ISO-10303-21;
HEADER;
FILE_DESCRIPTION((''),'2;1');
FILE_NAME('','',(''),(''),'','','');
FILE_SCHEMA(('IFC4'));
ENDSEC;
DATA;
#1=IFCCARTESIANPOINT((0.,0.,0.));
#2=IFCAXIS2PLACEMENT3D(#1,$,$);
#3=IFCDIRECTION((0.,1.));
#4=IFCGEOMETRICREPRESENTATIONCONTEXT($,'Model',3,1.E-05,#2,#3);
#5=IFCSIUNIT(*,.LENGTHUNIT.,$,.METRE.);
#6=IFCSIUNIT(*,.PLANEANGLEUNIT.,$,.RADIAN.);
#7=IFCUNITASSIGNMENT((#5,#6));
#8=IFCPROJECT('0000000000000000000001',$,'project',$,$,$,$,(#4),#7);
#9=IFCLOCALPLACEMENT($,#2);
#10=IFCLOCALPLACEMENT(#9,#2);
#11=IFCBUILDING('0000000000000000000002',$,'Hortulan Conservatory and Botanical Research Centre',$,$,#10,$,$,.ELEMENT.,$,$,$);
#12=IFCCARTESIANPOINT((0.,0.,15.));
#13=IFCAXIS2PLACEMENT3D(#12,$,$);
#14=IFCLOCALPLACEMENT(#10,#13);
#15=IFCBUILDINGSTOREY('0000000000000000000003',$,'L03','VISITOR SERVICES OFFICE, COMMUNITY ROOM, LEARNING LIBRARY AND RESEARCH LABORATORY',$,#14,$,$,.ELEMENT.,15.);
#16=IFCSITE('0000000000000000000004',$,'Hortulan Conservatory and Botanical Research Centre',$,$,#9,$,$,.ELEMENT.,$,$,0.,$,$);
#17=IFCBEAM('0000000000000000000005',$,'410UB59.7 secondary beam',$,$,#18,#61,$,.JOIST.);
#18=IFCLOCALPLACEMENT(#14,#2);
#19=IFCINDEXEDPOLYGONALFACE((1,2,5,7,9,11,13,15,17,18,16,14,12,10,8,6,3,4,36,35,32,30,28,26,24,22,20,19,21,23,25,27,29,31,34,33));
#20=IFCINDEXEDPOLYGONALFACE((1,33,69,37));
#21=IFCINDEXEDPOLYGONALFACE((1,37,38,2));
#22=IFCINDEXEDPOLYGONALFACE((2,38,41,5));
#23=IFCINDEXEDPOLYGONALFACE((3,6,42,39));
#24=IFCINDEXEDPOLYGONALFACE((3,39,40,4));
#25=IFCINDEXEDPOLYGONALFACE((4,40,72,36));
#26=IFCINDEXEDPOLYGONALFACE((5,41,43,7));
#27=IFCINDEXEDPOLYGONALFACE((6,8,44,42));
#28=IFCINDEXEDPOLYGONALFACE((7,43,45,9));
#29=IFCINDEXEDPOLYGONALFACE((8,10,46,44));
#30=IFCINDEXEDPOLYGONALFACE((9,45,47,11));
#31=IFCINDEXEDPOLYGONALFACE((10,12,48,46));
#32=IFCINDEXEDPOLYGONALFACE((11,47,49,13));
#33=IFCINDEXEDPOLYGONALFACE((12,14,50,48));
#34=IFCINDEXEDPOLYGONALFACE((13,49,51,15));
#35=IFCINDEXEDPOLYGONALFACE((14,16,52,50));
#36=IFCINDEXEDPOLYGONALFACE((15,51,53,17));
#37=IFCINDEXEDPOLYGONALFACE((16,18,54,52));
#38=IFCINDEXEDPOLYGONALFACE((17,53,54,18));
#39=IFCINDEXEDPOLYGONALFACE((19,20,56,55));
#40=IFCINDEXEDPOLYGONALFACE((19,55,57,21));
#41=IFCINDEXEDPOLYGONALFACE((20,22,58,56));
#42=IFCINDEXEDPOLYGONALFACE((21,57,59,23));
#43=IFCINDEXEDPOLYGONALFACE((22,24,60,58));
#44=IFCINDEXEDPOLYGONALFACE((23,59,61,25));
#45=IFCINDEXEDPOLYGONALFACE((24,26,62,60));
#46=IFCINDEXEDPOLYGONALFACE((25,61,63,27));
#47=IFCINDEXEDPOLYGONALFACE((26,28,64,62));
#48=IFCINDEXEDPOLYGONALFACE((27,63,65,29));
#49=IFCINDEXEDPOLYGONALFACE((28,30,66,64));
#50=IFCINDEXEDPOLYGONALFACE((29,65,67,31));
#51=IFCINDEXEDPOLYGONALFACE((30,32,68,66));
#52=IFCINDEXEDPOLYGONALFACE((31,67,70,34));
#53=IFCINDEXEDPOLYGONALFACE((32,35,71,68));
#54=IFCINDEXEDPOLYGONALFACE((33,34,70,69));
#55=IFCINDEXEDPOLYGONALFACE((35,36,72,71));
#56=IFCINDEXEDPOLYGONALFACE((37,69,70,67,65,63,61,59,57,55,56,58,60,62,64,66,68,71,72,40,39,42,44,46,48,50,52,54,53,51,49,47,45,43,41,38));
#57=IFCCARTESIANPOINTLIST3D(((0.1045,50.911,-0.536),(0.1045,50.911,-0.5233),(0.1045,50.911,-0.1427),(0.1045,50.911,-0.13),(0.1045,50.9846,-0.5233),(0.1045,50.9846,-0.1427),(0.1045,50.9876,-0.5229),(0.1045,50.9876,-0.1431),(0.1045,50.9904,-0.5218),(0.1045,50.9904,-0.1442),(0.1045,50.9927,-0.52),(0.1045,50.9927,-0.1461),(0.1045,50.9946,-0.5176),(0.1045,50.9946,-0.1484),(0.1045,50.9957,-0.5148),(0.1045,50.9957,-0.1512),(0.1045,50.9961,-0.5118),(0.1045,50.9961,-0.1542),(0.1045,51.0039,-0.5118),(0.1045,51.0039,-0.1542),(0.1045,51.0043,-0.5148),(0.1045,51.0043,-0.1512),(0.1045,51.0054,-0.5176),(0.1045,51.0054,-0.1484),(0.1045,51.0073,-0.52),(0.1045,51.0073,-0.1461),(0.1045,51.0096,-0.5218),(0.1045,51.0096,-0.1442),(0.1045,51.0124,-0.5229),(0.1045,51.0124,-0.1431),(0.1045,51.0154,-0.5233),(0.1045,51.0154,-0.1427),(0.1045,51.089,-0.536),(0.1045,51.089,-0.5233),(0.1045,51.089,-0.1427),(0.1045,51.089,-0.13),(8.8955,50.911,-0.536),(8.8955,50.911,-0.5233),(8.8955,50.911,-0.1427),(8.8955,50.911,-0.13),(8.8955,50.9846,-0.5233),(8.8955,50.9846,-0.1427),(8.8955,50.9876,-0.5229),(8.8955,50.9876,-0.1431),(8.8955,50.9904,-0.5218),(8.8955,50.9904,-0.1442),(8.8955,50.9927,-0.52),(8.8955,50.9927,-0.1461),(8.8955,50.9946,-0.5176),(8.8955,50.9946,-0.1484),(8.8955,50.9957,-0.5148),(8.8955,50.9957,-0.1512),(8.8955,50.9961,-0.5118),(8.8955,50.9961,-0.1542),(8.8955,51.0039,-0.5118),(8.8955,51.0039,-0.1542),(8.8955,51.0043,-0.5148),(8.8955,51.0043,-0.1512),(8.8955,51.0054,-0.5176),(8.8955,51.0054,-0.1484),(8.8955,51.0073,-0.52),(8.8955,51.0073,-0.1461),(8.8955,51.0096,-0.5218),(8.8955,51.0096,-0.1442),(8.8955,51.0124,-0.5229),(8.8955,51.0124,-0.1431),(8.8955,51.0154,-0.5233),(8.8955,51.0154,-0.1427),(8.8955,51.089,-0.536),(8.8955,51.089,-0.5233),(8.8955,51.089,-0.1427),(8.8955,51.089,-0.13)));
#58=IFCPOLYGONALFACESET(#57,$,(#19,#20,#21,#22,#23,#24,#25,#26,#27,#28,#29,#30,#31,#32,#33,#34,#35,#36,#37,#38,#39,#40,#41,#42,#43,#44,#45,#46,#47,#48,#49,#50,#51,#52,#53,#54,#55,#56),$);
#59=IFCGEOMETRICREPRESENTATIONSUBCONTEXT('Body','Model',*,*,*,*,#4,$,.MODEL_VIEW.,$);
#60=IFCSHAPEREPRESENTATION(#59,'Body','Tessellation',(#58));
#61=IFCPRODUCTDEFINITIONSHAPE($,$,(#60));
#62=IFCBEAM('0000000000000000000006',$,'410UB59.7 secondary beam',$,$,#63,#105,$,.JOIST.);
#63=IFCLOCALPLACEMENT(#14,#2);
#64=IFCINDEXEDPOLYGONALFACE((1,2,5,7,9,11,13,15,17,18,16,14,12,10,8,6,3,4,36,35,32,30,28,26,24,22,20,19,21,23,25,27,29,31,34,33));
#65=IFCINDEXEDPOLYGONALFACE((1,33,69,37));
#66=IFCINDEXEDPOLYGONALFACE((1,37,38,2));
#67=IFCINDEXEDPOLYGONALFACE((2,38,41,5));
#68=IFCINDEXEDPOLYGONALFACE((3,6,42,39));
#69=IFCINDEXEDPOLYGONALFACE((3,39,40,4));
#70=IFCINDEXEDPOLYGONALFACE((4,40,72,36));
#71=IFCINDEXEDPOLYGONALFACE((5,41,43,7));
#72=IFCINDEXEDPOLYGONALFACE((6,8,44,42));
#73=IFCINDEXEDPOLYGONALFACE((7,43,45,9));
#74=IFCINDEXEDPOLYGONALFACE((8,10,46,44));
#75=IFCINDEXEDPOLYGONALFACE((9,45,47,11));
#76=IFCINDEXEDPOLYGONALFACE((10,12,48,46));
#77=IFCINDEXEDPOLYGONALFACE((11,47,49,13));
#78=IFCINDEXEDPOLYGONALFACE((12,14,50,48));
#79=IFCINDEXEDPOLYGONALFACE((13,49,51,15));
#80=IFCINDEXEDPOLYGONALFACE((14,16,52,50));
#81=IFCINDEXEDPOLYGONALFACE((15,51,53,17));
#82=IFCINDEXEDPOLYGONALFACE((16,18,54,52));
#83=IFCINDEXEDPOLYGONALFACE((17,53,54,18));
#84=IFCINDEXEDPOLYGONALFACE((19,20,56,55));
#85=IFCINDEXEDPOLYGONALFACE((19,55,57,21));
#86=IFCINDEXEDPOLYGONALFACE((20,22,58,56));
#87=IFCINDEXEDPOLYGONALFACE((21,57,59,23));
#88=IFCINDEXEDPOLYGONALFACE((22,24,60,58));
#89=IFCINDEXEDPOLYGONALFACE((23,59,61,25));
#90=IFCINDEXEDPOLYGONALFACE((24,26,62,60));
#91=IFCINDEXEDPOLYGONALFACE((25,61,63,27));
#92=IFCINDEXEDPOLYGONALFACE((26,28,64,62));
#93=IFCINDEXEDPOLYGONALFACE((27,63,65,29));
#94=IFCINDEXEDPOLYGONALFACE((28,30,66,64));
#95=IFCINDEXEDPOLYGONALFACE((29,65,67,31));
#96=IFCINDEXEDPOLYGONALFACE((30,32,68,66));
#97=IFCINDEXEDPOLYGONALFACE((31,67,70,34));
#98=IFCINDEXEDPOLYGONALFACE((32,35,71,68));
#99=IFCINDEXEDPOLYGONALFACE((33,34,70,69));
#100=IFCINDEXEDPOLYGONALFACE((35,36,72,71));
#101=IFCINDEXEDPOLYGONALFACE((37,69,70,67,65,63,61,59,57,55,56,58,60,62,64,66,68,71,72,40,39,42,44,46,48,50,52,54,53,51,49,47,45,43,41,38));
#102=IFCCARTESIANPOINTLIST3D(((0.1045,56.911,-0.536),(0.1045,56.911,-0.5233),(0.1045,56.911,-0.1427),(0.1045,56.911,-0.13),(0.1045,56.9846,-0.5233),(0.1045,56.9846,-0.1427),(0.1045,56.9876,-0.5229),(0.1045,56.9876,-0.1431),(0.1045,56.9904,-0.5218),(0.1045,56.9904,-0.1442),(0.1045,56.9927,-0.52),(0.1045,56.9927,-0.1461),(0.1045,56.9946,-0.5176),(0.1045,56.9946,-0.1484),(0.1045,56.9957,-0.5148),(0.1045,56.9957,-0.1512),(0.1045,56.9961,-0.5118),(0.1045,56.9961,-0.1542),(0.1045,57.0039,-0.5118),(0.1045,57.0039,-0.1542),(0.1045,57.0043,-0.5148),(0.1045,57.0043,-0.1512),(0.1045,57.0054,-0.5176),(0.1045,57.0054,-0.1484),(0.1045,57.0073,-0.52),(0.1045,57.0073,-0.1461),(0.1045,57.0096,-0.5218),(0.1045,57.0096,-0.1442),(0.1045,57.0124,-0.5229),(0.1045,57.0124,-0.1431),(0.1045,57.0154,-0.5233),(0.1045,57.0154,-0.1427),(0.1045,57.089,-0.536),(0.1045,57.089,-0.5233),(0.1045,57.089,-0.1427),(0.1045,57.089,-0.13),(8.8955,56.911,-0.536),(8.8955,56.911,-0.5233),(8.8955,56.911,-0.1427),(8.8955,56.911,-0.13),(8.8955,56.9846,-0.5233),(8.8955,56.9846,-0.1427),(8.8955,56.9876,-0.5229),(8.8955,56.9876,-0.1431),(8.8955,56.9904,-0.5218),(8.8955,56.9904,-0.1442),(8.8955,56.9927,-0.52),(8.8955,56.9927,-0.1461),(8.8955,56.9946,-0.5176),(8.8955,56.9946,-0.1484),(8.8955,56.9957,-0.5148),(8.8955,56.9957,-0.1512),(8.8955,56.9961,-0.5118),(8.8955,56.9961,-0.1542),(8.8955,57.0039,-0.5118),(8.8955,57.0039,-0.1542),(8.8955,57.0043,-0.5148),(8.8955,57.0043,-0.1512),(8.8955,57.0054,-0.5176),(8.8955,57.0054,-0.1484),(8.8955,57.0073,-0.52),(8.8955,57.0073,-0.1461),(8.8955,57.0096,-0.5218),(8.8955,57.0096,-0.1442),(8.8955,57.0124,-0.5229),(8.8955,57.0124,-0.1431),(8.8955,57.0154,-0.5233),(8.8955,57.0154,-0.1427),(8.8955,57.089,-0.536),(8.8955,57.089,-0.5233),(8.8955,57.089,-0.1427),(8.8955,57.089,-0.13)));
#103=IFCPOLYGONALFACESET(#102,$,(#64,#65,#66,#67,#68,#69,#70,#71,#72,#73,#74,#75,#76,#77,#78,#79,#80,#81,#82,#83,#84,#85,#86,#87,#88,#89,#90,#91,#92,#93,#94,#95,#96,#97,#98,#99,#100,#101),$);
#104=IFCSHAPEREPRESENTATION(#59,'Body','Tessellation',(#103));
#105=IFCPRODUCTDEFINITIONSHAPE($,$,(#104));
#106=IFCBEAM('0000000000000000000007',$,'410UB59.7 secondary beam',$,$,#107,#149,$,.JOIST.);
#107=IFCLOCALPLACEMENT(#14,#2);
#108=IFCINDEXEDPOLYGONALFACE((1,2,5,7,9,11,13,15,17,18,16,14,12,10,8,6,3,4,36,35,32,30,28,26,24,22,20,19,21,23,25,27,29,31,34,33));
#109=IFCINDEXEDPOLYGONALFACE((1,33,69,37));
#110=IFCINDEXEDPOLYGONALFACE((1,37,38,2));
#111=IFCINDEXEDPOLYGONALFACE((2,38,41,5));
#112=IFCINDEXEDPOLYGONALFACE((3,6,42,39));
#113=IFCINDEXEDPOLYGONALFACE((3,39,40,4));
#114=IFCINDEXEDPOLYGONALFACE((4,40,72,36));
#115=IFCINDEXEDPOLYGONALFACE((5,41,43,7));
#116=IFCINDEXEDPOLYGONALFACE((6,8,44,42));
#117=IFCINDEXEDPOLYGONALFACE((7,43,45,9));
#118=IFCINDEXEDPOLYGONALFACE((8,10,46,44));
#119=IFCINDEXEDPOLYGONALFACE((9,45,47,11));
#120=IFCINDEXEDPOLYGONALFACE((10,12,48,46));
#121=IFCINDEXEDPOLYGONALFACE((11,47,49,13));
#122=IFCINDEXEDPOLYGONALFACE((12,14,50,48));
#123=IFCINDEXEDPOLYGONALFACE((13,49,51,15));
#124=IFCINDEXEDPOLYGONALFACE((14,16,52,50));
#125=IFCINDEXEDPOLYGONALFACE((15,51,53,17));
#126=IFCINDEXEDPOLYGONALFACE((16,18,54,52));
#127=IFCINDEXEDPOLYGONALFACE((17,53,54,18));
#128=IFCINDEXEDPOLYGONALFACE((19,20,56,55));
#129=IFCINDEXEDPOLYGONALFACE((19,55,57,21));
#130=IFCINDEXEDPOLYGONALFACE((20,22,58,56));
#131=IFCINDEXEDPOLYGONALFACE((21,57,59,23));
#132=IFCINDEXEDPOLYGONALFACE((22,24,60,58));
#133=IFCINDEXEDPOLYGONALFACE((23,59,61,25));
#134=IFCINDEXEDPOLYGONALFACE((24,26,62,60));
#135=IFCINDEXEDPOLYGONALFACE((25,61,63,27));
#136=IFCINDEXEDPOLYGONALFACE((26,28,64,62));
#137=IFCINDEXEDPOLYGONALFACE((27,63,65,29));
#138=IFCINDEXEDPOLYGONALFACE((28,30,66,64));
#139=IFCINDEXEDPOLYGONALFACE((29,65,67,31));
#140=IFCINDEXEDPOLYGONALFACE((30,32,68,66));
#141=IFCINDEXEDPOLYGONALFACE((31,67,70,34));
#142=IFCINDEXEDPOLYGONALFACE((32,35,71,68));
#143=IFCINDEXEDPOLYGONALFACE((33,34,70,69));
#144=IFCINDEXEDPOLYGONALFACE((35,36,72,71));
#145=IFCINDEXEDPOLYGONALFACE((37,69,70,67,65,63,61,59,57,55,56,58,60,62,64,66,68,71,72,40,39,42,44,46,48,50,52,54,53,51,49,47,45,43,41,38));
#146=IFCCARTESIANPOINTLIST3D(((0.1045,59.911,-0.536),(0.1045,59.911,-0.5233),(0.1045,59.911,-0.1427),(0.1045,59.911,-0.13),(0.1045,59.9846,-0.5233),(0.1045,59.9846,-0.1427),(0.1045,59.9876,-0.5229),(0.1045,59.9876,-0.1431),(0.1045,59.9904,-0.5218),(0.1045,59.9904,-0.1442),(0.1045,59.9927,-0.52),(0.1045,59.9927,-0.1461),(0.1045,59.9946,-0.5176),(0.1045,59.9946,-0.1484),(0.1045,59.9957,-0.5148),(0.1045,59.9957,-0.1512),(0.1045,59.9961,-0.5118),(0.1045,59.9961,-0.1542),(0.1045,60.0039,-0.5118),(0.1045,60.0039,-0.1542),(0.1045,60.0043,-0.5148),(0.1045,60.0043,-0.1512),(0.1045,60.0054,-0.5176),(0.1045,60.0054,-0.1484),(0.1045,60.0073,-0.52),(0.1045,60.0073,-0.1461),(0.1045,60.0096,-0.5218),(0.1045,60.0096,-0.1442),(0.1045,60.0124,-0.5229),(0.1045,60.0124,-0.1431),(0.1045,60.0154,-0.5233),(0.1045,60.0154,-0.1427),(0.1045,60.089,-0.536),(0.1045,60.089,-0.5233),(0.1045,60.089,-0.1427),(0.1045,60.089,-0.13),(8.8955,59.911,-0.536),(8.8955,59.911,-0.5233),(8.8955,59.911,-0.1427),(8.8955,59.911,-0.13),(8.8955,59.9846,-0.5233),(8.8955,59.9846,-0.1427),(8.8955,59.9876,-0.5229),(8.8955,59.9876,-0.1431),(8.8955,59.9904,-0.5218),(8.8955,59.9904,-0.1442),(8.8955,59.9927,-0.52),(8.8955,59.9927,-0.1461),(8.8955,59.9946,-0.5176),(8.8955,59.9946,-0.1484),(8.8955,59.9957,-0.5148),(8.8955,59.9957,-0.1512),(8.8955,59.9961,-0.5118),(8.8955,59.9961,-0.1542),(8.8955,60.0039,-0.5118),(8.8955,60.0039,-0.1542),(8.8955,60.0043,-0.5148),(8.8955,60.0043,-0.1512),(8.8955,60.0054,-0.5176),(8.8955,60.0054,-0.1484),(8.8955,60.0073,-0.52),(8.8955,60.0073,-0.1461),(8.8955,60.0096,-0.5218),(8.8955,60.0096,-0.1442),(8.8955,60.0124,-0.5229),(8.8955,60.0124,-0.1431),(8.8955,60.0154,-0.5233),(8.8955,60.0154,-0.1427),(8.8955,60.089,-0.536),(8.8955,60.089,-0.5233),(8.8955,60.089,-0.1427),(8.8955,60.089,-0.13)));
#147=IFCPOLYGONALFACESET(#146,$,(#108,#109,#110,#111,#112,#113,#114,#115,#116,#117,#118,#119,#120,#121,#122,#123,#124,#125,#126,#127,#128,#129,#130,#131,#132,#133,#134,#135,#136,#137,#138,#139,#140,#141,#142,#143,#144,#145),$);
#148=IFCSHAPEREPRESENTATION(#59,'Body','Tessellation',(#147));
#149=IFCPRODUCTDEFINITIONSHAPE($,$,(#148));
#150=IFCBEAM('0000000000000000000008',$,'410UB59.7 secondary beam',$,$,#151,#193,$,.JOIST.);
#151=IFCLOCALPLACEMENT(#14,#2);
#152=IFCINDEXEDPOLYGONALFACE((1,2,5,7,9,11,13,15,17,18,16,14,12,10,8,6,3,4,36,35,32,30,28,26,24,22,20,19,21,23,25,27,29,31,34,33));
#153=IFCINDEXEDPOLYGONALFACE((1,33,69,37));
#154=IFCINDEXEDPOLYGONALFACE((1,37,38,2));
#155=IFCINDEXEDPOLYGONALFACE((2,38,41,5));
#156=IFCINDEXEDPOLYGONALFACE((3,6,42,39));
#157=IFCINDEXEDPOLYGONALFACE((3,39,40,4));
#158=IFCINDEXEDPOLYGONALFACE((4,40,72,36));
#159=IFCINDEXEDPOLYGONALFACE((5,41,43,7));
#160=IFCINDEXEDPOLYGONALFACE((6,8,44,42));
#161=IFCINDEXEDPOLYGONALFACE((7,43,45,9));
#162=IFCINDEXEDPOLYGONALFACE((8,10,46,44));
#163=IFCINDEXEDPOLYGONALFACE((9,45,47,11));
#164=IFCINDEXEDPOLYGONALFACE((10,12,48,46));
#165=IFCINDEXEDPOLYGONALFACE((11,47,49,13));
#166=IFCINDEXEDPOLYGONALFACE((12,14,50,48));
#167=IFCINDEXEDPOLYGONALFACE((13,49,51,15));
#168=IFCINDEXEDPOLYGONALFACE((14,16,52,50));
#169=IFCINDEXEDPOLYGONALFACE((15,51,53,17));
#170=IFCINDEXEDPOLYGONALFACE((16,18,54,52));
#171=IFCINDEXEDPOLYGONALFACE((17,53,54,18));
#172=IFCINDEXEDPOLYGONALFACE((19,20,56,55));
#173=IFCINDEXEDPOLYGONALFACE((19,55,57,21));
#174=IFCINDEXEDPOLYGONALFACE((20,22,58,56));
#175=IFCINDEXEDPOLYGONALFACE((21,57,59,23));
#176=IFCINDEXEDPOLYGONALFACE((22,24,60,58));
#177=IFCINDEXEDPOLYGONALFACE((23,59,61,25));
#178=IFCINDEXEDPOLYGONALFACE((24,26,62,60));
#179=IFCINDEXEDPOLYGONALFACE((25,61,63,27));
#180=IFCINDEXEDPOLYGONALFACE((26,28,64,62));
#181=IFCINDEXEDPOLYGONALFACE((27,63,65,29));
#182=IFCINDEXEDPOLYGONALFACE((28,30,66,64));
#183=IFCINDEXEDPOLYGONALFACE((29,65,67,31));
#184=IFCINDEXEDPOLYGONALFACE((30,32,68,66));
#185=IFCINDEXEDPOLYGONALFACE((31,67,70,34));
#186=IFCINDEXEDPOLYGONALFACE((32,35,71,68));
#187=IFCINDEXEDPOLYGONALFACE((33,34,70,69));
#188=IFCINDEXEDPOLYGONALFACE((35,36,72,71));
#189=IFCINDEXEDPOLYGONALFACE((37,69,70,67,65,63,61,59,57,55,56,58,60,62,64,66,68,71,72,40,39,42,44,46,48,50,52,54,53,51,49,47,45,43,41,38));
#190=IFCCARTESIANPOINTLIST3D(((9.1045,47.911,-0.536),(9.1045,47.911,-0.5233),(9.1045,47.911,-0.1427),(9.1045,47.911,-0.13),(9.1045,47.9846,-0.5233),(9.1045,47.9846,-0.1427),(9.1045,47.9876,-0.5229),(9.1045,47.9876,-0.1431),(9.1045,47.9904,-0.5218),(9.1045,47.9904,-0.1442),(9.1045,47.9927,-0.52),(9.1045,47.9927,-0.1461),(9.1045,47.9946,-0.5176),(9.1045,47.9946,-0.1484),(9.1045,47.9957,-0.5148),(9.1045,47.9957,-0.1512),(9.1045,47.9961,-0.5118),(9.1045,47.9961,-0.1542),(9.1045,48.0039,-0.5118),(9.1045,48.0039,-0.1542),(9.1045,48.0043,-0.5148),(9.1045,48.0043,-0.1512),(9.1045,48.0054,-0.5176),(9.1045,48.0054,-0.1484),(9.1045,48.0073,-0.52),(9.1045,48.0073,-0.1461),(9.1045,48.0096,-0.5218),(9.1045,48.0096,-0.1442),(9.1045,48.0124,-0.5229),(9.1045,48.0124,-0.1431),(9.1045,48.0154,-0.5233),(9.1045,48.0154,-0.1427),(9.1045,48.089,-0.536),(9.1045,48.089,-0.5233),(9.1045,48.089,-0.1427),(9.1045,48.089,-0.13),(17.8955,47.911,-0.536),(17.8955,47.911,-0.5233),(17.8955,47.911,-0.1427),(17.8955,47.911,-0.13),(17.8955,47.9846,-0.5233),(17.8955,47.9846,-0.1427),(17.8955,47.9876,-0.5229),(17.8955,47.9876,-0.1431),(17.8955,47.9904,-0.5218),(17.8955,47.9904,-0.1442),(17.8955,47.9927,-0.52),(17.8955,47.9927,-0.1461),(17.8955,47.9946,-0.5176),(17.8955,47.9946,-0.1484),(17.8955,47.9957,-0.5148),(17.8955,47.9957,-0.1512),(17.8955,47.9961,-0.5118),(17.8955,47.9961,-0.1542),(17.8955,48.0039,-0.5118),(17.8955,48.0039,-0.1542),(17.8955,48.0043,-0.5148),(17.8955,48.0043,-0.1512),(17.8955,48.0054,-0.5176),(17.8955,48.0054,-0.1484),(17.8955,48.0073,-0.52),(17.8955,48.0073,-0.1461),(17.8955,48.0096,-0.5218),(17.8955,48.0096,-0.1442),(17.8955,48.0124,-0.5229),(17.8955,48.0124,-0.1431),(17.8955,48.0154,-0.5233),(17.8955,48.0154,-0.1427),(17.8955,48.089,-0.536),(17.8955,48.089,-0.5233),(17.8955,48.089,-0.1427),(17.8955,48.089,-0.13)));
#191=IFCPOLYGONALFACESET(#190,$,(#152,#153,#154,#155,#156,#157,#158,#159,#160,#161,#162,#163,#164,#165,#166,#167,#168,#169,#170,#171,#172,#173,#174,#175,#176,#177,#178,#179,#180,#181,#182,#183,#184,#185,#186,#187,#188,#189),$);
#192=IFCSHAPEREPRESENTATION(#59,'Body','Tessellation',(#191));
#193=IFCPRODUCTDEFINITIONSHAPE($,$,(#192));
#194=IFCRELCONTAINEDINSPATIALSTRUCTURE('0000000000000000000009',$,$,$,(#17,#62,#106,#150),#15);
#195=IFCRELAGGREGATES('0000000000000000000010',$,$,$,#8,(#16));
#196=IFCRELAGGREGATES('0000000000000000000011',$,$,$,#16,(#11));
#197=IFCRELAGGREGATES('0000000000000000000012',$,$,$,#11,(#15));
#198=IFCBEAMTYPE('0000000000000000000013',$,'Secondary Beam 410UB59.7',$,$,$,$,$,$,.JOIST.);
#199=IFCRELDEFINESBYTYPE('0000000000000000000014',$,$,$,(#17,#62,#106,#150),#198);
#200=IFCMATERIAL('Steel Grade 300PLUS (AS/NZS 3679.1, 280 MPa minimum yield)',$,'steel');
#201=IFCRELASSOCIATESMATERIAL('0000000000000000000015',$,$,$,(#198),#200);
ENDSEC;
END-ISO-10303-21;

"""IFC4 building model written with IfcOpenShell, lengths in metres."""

from ifc_helpers import new_model, si_unit, direction, frame, origin, origin_2d, place, context, subcontext, project, spatial, i_section, extrude, material, material_profile, profile_set, type_object, element, save


model = new_model("IFC4")

# Units and contexts
model_context = context("Model", 3, precision=1e-05, world=origin(), true_north=direction((0.0, 1.0)))
body_context = subcontext(model_context, "Body", "Model", "MODEL_VIEW")
ifc_project = project(units=[si_unit("LENGTHUNIT", "METRE"), si_unit("PLANEANGLEUNIT", "RADIAN")], contexts=[model_context])

# Site, building, storey
site_placement = place(None, origin())
site = spatial("IfcSite", under=ifc_project, at=site_placement, Name="Hortulan Conservatory and Botanical Research Centre", CompositionType="ELEMENT", RefElevation=0.0)
building_placement = place(site_placement, origin())
building = spatial("IfcBuilding", under=site, at=building_placement, Name="Hortulan Conservatory and Botanical Research Centre", CompositionType="ELEMENT")
storey_placement = place(building_placement, frame((0.0, 0.0, 15.0)))
storey = spatial("IfcBuildingStorey", under=building, at=storey_placement, Name="L03", Description="VISITOR SERVICES OFFICE, COMMUNITY ROOM, LEARNING LIBRARY AND RESEARCH LABORATORY", CompositionType="ELEMENT", Elevation=15.0)

# Shared definitions
ifc_material_1 = material(Name="Steel Grade 300PLUS (AS/NZS 3679.1, 280 MPa minimum yield)", Category="steel")

# Beams
ifc_material_profile_1 = material_profile(ifc_material_1, i_section(OverallWidth=0.178, OverallDepth=0.406, WebThickness=0.0078, FlangeThickness=0.0127, FilletRadius=0.0115, at=origin_2d()), Name="410UB59.7")
ifc_profile_set_1 = profile_set([ifc_material_profile_1], Name="Steel Grade 300PLUS (AS/NZS 3679.1, 280 MPa minimum yield)")
beam_type_1 = type_object("IfcBeamType", Name="Secondary Beam 410UB59.7", PredefinedType="JOIST", material=ifc_profile_set_1)
for number, where, z_axis, x_axis, name in (
    (1, (0.1045, 51.0, -0.333), (1.0, 0.0, 0.0), (0.0, 1.0, 0.0), "410UB59.7 secondary beam"),
    (2, (0.1045, 57.0, -0.333), (1.0, 0.0, 0.0), (0.0, 1.0, 0.0), "410UB59.7 secondary beam"),
    (3, (0.1045, 60.0, -0.333), (1.0, 0.0, 0.0), (0.0, 1.0, 0.0), "410UB59.7 secondary beam"),
    (4, (9.1045, 48.0, -0.333), (1.0, 0.0, 0.0), (0.0, 1.0, 0.0), "410UB59.7 secondary beam"),
):
    element("IfcBeam", number, at=place(storey_placement, frame(where, z_axis=z_axis, x_axis=x_axis)), inside=storey, type_object=beam_type_1, Name=name, PredefinedType="JOIST", context=body_context, shape_type="SweptSolid", body=[
        extrude(i_section(OverallWidth=0.178, OverallDepth=0.406, WebThickness=0.0078, FlangeThickness=0.0127, FilletRadius=0.0115, at=origin_2d()), origin(), (0.0, 0.0, 1.0), 8.791),
    ])

save(model, "model.ifc")
